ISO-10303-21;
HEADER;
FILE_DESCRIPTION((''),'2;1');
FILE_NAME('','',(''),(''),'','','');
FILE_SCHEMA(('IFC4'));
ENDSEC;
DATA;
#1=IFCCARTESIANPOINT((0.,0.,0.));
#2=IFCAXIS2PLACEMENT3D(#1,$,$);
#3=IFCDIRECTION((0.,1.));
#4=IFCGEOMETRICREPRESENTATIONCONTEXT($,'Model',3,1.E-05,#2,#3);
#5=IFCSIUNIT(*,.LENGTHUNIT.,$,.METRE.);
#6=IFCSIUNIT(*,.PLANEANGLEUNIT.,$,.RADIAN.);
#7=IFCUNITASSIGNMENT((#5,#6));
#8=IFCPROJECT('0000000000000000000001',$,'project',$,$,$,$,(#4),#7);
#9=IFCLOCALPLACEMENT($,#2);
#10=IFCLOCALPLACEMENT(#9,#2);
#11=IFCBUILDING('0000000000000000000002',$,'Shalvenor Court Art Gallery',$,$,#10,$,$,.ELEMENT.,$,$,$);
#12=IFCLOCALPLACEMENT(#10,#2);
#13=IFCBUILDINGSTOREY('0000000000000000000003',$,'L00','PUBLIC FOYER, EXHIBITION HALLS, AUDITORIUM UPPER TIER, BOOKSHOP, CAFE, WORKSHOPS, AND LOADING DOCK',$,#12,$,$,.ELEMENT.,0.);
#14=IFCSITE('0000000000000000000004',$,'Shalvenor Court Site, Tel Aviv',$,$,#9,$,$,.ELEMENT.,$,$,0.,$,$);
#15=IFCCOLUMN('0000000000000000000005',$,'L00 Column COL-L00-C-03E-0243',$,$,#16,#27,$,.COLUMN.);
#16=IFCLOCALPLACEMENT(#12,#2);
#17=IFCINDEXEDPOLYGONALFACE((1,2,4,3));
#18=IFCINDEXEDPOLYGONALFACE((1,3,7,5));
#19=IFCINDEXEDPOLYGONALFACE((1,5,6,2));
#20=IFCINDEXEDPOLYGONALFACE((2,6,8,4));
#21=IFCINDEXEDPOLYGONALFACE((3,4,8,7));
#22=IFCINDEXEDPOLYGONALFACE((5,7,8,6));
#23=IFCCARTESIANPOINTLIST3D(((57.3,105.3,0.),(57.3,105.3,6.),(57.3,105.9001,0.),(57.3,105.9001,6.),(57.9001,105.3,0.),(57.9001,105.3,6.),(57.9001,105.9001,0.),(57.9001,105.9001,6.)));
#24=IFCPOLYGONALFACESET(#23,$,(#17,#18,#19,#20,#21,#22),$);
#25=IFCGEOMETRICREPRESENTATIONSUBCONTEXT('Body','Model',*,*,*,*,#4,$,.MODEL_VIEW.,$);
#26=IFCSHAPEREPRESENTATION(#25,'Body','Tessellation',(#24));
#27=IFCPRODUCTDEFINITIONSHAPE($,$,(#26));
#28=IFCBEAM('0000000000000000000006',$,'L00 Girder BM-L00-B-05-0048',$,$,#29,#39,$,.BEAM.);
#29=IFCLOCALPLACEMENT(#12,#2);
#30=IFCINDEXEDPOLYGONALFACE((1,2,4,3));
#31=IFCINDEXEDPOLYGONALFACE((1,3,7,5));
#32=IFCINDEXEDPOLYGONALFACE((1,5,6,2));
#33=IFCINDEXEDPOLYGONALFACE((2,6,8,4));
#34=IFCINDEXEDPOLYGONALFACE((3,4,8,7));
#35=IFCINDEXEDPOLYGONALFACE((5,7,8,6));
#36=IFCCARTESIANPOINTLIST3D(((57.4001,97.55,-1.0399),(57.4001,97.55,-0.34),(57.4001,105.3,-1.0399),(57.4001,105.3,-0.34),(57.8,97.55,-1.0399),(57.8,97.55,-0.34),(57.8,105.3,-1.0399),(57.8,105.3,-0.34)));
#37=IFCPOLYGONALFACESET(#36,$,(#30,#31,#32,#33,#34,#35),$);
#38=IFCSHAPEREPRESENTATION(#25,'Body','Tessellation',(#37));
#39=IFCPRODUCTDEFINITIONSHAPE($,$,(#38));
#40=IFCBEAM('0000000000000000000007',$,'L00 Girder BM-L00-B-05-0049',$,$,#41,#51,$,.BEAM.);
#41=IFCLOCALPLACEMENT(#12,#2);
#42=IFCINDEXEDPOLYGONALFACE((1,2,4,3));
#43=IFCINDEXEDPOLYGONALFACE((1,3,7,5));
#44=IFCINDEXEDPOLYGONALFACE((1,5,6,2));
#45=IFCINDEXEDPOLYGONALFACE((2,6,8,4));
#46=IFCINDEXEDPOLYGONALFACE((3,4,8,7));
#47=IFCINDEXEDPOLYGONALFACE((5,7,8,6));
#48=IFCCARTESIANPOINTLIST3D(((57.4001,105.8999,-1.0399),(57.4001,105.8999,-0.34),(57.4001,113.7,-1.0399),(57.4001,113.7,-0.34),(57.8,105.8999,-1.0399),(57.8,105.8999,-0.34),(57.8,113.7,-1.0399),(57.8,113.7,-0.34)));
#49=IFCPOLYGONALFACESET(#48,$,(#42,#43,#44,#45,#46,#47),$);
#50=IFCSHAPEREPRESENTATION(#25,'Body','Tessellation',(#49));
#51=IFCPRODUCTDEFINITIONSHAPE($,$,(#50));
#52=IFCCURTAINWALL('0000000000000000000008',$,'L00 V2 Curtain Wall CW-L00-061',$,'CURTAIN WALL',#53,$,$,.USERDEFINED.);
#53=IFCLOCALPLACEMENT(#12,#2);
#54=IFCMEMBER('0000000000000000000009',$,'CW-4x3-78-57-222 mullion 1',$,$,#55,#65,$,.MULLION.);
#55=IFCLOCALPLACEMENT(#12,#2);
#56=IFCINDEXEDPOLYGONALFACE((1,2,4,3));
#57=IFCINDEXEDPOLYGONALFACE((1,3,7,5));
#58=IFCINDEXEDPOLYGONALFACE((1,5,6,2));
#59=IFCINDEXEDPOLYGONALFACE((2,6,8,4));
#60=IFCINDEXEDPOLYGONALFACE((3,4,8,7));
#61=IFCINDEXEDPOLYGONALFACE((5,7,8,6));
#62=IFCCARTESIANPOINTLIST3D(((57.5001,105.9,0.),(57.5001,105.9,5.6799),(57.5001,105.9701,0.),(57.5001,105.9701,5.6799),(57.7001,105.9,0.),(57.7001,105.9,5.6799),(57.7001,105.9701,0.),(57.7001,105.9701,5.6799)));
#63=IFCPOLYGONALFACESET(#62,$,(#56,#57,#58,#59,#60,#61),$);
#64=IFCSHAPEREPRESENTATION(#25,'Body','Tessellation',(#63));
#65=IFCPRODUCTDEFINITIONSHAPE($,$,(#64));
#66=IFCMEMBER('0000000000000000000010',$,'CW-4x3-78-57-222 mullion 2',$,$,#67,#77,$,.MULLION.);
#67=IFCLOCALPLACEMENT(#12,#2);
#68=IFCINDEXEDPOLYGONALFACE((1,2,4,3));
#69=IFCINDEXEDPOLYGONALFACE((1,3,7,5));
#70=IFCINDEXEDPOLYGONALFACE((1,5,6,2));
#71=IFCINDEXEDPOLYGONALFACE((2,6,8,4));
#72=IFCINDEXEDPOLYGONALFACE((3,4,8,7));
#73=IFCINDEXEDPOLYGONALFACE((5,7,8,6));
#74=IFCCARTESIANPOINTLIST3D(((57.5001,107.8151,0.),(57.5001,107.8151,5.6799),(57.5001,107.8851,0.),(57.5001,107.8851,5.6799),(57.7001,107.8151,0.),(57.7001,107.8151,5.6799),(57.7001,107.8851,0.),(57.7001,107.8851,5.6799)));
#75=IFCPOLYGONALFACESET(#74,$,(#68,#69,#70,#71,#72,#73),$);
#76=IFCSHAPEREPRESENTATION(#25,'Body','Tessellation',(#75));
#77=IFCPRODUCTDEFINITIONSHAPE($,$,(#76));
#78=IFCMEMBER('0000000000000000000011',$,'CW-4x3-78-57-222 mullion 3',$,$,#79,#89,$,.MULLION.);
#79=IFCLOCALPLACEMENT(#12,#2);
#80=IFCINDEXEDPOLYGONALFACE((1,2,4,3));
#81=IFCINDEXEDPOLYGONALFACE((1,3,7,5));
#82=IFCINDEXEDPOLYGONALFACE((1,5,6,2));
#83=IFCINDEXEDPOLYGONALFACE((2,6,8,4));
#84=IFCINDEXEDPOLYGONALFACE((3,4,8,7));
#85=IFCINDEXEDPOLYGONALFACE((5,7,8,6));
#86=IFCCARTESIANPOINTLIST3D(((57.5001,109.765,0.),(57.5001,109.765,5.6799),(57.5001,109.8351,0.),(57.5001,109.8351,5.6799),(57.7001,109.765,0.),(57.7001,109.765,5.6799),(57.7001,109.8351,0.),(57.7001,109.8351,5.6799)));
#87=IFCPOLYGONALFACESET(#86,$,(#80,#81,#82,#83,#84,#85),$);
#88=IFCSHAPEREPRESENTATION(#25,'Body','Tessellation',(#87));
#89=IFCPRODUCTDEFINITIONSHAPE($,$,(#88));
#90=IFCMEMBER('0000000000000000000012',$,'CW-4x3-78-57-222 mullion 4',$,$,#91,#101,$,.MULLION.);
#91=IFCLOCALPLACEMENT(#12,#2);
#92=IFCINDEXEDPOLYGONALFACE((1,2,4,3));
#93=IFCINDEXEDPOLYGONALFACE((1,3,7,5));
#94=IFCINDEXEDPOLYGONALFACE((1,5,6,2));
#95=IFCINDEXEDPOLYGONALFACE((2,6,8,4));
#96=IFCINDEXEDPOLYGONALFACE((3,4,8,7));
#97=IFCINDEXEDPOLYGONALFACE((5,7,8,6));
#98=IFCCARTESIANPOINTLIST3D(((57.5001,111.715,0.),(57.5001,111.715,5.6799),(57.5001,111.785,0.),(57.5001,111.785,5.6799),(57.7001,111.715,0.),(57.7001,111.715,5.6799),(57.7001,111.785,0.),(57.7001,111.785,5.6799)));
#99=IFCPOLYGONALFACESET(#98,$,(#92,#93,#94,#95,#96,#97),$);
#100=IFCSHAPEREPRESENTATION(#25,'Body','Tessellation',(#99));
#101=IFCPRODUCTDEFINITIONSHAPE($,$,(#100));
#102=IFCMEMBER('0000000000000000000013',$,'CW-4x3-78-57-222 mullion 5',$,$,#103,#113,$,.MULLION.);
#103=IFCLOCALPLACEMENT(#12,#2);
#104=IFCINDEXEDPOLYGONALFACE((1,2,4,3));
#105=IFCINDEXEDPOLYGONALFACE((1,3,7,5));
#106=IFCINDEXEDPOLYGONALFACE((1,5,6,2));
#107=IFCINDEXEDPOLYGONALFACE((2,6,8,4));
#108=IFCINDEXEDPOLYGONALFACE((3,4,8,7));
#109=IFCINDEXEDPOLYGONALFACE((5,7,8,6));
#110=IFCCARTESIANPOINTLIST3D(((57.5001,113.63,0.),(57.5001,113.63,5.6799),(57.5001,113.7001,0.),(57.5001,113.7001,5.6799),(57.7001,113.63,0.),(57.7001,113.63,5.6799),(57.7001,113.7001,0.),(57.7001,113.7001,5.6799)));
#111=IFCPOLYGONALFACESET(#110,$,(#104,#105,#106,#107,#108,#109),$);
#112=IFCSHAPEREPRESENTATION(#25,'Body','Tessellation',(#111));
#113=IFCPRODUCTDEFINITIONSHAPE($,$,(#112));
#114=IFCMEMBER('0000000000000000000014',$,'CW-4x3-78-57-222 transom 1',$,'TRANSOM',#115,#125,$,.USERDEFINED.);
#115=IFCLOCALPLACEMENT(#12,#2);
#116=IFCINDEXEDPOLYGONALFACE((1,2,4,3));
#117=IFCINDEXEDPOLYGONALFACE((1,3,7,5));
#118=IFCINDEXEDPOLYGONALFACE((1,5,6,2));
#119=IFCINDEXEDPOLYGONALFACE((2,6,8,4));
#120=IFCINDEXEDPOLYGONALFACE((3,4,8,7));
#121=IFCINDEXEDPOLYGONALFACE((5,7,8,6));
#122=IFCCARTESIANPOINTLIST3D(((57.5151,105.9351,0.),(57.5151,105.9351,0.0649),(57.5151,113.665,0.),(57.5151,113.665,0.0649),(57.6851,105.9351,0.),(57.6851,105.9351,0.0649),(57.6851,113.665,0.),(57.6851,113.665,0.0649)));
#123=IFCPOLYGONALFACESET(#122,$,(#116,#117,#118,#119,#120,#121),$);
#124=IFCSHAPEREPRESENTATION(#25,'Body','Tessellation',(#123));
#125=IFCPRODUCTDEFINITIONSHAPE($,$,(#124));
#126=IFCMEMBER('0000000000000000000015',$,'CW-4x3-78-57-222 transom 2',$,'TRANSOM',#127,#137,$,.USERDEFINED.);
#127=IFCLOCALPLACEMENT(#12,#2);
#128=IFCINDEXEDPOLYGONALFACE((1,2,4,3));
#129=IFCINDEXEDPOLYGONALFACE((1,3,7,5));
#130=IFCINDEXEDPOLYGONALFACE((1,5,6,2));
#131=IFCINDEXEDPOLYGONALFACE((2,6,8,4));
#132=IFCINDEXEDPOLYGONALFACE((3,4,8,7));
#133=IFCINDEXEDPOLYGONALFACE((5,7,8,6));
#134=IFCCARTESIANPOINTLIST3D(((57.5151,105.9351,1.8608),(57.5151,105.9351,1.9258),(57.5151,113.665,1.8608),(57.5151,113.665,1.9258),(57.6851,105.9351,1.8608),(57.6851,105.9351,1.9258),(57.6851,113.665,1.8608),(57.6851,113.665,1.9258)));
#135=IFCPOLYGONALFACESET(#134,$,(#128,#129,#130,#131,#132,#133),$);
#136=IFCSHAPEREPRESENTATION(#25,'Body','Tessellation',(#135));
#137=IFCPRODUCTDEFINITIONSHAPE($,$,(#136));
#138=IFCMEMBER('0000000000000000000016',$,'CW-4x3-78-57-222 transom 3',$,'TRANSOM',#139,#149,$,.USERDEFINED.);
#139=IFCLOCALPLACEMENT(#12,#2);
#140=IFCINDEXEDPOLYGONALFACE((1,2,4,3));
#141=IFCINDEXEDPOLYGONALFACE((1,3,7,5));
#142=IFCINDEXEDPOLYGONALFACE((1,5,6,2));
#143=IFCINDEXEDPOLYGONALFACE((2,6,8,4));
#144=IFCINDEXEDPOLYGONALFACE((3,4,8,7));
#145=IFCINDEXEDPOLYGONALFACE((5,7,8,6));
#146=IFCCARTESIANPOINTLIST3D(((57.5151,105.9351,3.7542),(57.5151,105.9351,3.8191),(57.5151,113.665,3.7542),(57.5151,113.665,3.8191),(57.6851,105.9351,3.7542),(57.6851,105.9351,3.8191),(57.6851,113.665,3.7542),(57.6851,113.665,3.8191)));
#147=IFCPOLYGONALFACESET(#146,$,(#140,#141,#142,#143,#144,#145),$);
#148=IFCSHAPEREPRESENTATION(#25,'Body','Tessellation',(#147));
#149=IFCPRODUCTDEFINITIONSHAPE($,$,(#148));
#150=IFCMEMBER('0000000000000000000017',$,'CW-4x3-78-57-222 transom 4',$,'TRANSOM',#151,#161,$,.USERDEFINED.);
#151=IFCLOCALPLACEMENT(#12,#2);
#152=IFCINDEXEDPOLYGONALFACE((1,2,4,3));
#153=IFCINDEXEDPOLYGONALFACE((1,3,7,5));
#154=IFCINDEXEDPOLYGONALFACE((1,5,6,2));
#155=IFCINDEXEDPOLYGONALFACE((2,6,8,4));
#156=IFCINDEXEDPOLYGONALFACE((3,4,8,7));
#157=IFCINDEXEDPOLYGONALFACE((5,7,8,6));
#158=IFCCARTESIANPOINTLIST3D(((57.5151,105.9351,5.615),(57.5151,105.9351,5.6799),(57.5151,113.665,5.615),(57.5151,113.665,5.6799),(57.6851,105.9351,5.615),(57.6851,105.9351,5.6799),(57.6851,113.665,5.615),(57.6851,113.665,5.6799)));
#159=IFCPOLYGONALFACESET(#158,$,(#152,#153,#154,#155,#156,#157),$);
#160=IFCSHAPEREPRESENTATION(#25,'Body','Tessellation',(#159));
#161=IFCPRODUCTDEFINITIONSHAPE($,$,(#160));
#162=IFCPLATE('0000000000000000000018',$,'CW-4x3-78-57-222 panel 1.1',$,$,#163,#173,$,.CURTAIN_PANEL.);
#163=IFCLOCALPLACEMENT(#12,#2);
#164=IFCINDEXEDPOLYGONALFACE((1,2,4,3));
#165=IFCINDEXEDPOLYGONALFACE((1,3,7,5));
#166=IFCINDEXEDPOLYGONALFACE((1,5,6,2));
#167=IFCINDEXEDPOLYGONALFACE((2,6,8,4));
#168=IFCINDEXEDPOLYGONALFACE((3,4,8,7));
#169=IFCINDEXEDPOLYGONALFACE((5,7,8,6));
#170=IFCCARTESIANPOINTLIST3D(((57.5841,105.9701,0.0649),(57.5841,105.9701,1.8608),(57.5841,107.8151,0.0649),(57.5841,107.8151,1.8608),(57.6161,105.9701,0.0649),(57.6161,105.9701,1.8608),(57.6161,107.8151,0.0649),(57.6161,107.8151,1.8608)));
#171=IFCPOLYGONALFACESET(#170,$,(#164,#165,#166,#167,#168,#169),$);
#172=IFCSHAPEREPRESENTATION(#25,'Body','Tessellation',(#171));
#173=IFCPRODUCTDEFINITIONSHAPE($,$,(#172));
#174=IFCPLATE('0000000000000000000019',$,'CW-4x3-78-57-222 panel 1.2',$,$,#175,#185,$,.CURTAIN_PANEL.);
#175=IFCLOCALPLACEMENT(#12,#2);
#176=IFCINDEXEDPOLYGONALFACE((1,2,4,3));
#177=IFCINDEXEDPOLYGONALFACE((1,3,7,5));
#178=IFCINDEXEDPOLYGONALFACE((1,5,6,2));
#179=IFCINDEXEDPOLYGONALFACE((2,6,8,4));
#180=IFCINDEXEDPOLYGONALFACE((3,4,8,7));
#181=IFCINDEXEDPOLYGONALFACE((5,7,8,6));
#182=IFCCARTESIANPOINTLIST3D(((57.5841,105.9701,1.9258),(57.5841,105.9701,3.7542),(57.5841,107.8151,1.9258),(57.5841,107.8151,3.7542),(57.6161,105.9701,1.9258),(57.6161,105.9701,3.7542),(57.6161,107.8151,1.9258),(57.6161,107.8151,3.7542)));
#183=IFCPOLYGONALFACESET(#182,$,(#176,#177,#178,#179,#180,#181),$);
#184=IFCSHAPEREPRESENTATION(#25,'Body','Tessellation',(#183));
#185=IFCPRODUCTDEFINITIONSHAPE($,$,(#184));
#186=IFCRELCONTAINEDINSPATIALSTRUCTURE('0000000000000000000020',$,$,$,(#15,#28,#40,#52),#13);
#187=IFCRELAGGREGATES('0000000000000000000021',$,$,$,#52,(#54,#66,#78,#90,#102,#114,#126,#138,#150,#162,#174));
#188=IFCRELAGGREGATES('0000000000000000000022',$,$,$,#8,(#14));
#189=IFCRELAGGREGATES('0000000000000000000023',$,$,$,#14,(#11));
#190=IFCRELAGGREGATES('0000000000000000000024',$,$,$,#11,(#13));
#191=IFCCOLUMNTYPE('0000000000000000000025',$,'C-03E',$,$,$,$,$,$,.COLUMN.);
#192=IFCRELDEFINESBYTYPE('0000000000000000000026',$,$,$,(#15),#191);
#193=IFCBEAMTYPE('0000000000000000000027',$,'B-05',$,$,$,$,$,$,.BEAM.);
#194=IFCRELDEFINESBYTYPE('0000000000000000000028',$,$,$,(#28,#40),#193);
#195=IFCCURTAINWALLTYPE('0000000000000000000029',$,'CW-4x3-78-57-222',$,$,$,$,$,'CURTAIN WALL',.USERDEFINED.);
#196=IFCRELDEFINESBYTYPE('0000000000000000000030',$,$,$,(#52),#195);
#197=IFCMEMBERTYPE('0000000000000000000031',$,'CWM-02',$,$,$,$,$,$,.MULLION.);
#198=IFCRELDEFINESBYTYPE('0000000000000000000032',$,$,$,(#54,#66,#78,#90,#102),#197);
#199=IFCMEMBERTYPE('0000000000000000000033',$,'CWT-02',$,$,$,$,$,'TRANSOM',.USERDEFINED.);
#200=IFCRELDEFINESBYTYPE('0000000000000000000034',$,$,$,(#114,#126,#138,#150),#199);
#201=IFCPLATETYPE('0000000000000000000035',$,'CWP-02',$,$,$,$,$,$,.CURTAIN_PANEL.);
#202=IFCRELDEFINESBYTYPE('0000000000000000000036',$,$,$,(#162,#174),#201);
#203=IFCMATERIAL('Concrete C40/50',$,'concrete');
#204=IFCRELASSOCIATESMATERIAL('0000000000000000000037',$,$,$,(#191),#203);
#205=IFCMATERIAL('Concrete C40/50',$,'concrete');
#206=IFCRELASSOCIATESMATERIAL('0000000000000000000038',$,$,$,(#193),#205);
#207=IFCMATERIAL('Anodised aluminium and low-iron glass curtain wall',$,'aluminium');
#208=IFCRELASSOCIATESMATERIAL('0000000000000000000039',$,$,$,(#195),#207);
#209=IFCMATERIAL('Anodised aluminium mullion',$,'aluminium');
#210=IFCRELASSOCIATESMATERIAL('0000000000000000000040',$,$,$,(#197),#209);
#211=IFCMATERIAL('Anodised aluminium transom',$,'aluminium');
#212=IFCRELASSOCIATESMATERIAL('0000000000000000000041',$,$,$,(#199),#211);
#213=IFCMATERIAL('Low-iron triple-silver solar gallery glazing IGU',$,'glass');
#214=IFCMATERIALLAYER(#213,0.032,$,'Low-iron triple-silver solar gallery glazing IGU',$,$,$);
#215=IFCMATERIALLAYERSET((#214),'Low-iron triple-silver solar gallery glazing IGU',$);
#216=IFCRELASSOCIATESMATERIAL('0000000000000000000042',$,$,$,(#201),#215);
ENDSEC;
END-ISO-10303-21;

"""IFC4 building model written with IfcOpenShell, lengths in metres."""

from ifc_helpers import new_model, si_unit, direction, frame, origin, origin_2d, place, context, subcontext, project, spatial, rectangle, extrude, material, layer, layer_set, material_profile, profile_set, type_object, element, aggregate, save


model = new_model("IFC4")

# Units and contexts
model_context = context("Model", 3, precision=1e-05, world=origin(), true_north=direction((0.0, 1.0)))
body_context = subcontext(model_context, "Body", "Model", "MODEL_VIEW")
ifc_project = project(units=[si_unit("LENGTHUNIT", "METRE"), si_unit("PLANEANGLEUNIT", "RADIAN")], contexts=[model_context])

# Site, building, storey
site_placement = place(None, origin())
site = spatial("IfcSite", under=ifc_project, at=site_placement, Name="Shalvenor Court Site, Tel Aviv", CompositionType="ELEMENT", RefElevation=0.0)
building_placement = place(site_placement, origin())
building = spatial("IfcBuilding", under=site, at=building_placement, Name="Shalvenor Court Art Gallery", CompositionType="ELEMENT")
storey_placement = place(building_placement, origin())
storey = spatial("IfcBuildingStorey", under=building, at=storey_placement, Name="L00", Description="PUBLIC FOYER, EXHIBITION HALLS, AUDITORIUM UPPER TIER, BOOKSHOP, CAFE, WORKSHOPS, AND LOADING DOCK", CompositionType="ELEMENT", Elevation=0.0)

# Column
ifc_material_1 = material(Name="Concrete C40/50", Category="concrete")
ifc_material_profile_1 = material_profile(ifc_material_1, rectangle(XDim=0.6001, YDim=0.6001, at=origin_2d()), Name="RC 600x600")
ifc_profile_set_1 = profile_set([ifc_material_profile_1], Name="Concrete C40/50")
column_type = type_object("IfcColumnType", Name="C-03E", PredefinedType="COLUMN", material=ifc_profile_set_1)
column_placement = place(storey_placement, frame((57.6001, 105.6001, 0.0), z_axis=(0.0, 0.0, 1.0), x_axis=(1.0, 0.0, 0.0)))
element("IfcColumn", 1, at=column_placement, inside=storey, type_object=column_type, Name="L00 Column COL-L00-C-03E-0243", PredefinedType="COLUMN", context=body_context, shape_type="SweptSolid", body=[
    extrude(rectangle(XDim=0.6001, YDim=0.6001, at=origin_2d()), origin(), (0.0, 0.0, 1.0), 6.0),
])

# Beams
ifc_material_2 = material(Name="Concrete C40/50", Category="concrete")
ifc_material_profile_2 = material_profile(ifc_material_2, rectangle(XDim=0.3999, YDim=0.7, at=origin_2d()), Name="RC 400x700")
ifc_profile_set_2 = profile_set([ifc_material_profile_2], Name="Concrete C40/50")
beam_type = type_object("IfcBeamType", Name="B-05", PredefinedType="BEAM", material=ifc_profile_set_2)
beam_1_placement = place(storey_placement, frame((57.6001, 97.55, -0.6899), z_axis=(0.0, 1.0, 0.0), x_axis=(-1.0, 0.0, 0.0)))
element("IfcBeam", 2, at=beam_1_placement, inside=storey, type_object=beam_type, Name="L00 Girder BM-L00-B-05-0048", PredefinedType="BEAM", context=body_context, shape_type="SweptSolid", body=[
    extrude(rectangle(XDim=0.3999, YDim=0.7, at=origin_2d()), origin(), (0.0, 0.0, 1.0), 7.75),
])
beam_2_placement = place(storey_placement, frame((57.6001, 105.8999, -0.6899), z_axis=(0.0, 1.0, 0.0), x_axis=(-1.0, 0.0, 0.0)))
element("IfcBeam", 3, at=beam_2_placement, inside=storey, type_object=beam_type, Name="L00 Girder BM-L00-B-05-0049", PredefinedType="BEAM", context=body_context, shape_type="SweptSolid", body=[
    extrude(rectangle(XDim=0.3999, YDim=0.7, at=origin_2d()), origin(), (0.0, 0.0, 1.0), 7.8),
])

# Curtain wall, members, plates
ifc_material_3 = material(Name="Anodised aluminium and low-iron glass curtain wall", Category="aluminium")
curtain_wall_type = type_object("IfcCurtainWallType", Name="CW-4x3-78-57-222", ElementType="CURTAIN WALL", PredefinedType="USERDEFINED", material=ifc_material_3)
curtain_wall_placement = place(storey_placement, origin())
curtain_wall = element("IfcCurtainWall", 4, at=curtain_wall_placement, inside=storey, type_object=curtain_wall_type, Name="L00 V2 Curtain Wall CW-L00-061", ObjectType="CURTAIN WALL", PredefinedType="USERDEFINED")
ifc_material_4 = material(Name="Anodised aluminium mullion", Category="aluminium")
ifc_material_profile_3 = material_profile(ifc_material_4, rectangle(XDim=0.0701, YDim=0.2, at=origin_2d()), Name="CWM-02")
ifc_profile_set_3 = profile_set([ifc_material_profile_3], Name="Anodised aluminium mullion")
member_type_1 = type_object("IfcMemberType", Name="CWM-02", PredefinedType="MULLION", material=ifc_profile_set_3)
member_1_placement = place(storey_placement, frame((57.6001, 105.9351, 0.0), z_axis=(0.0, 0.0, 1.0), x_axis=(0.0, 1.0, 0.0)))
member_1 = element("IfcMember", 5, at=member_1_placement, type_object=member_type_1, Name="CW-4x3-78-57-222 mullion 1", PredefinedType="MULLION", context=body_context, shape_type="SweptSolid", body=[
    extrude(rectangle(XDim=0.0701, YDim=0.2, at=origin_2d()), origin(), (0.0, 0.0, 1.0), 5.6799),
])
member_2_placement = place(storey_placement, frame((57.6001, 107.8501, 0.0), z_axis=(0.0, 0.0, 1.0), x_axis=(0.0, 1.0, 0.0)))
member_2 = element("IfcMember", 6, at=member_2_placement, type_object=member_type_1, Name="CW-4x3-78-57-222 mullion 2", PredefinedType="MULLION", context=body_context, shape_type="SweptSolid", body=[
    extrude(rectangle(XDim=0.0701, YDim=0.2, at=origin_2d()), origin(), (0.0, 0.0, 1.0), 5.6799),
])
member_3_placement = place(storey_placement, frame((57.6001, 109.8, 0.0), z_axis=(0.0, 0.0, 1.0), x_axis=(0.0, 1.0, 0.0)))
member_3 = element("IfcMember", 7, at=member_3_placement, type_object=member_type_1, Name="CW-4x3-78-57-222 mullion 3", PredefinedType="MULLION", context=body_context, shape_type="SweptSolid", body=[
    extrude(rectangle(XDim=0.0701, YDim=0.2, at=origin_2d()), origin(), (0.0, 0.0, 1.0), 5.6799),
])
member_4_placement = place(storey_placement, frame((57.6001, 111.75, 0.0), z_axis=(0.0, 0.0, 1.0), x_axis=(0.0, 1.0, 0.0)))
member_4 = element("IfcMember", 8, at=member_4_placement, type_object=member_type_1, Name="CW-4x3-78-57-222 mullion 4", PredefinedType="MULLION", context=body_context, shape_type="SweptSolid", body=[
    extrude(rectangle(XDim=0.0701, YDim=0.2, at=origin_2d()), origin(), (0.0, 0.0, 1.0), 5.6799),
])
member_5_placement = place(storey_placement, frame((57.6001, 113.665, 0.0), z_axis=(0.0, 0.0, 1.0), x_axis=(0.0, 1.0, 0.0)))
member_5 = element("IfcMember", 9, at=member_5_placement, type_object=member_type_1, Name="CW-4x3-78-57-222 mullion 5", PredefinedType="MULLION", context=body_context, shape_type="SweptSolid", body=[
    extrude(rectangle(XDim=0.0701, YDim=0.2, at=origin_2d()), origin(), (0.0, 0.0, 1.0), 5.6799),
])
ifc_material_5 = material(Name="Anodised aluminium transom", Category="aluminium")
ifc_material_profile_4 = material_profile(ifc_material_5, rectangle(XDim=0.1699, YDim=0.0649, at=origin_2d()), Name="CWT-02")
ifc_profile_set_4 = profile_set([ifc_material_profile_4], Name="Anodised aluminium transom")
member_type_2 = type_object("IfcMemberType", Name="CWT-02", ElementType="TRANSOM", PredefinedType="USERDEFINED", material=ifc_profile_set_4)
member_6_placement = place(storey_placement, frame((57.6001, 105.9351, 0.0325), z_axis=(0.0, 1.0, 0.0), x_axis=(-1.0, 0.0, 0.0)))
member_6 = element("IfcMember", 10, at=member_6_placement, type_object=member_type_2, Name="CW-4x3-78-57-222 transom 1", ObjectType="TRANSOM", PredefinedType="USERDEFINED", context=body_context, shape_type="SweptSolid", body=[
    extrude(rectangle(XDim=0.1699, YDim=0.0649, at=origin_2d()), origin(), (0.0, 0.0, 1.0), 7.73),
])
member_7_placement = place(storey_placement, frame((57.6001, 105.9351, 1.8933), z_axis=(0.0, 1.0, 0.0), x_axis=(-1.0, 0.0, 0.0)))
member_7 = element("IfcMember", 11, at=member_7_placement, type_object=member_type_2, Name="CW-4x3-78-57-222 transom 2", ObjectType="TRANSOM", PredefinedType="USERDEFINED", context=body_context, shape_type="SweptSolid", body=[
    extrude(rectangle(XDim=0.1699, YDim=0.0649, at=origin_2d()), origin(), (0.0, 0.0, 1.0), 7.73),
])
member_8_placement = place(storey_placement, frame((57.6001, 105.9351, 3.7866), z_axis=(0.0, 1.0, 0.0), x_axis=(-1.0, 0.0, 0.0)))
member_8 = element("IfcMember", 12, at=member_8_placement, type_object=member_type_2, Name="CW-4x3-78-57-222 transom 3", ObjectType="TRANSOM", PredefinedType="USERDEFINED", context=body_context, shape_type="SweptSolid", body=[
    extrude(rectangle(XDim=0.1699, YDim=0.0649, at=origin_2d()), origin(), (0.0, 0.0, 1.0), 7.73),
])
member_9_placement = place(storey_placement, frame((57.6001, 105.9351, 5.6475), z_axis=(0.0, 1.0, 0.0), x_axis=(-1.0, 0.0, 0.0)))
member_9 = element("IfcMember", 13, at=member_9_placement, type_object=member_type_2, Name="CW-4x3-78-57-222 transom 4", ObjectType="TRANSOM", PredefinedType="USERDEFINED", context=body_context, shape_type="SweptSolid", body=[
    extrude(rectangle(XDim=0.1699, YDim=0.0649, at=origin_2d()), origin(), (0.0, 0.0, 1.0), 7.73),
])
ifc_material_6 = material(Name="Low-iron triple-silver solar gallery glazing IGU", Category="glass")
ifc_layer_1 = layer(ifc_material_6, 0.032, Name="Low-iron triple-silver solar gallery glazing IGU")
ifc_layer_set_1 = layer_set([ifc_layer_1], Name="Low-iron triple-silver solar gallery glazing IGU")
plate_type_1 = type_object("IfcPlateType", Name="CWP-02", PredefinedType="CURTAIN_PANEL", material=ifc_layer_set_1)
plate_1_placement = place(storey_placement, frame((57.6001, 106.8926, 0.0649), z_axis=(0.0, 0.0, 1.0), x_axis=(0.0, 1.0, 0.0)))
plate_1 = element("IfcPlate", 14, at=plate_1_placement, type_object=plate_type_1, Name="CW-4x3-78-57-222 panel 1.1", PredefinedType="CURTAIN_PANEL", context=body_context, shape_type="SweptSolid", body=[
    extrude(rectangle(XDim=1.845, YDim=0.032, at=origin_2d()), origin(), (0.0, 0.0, 1.0), 1.7959),
])
plate_2_placement = place(storey_placement, frame((57.6001, 106.8926, 1.9258), z_axis=(0.0, 0.0, 1.0), x_axis=(0.0, 1.0, 0.0)))
plate_2 = element("IfcPlate", 15, at=plate_2_placement, type_object=plate_type_1, Name="CW-4x3-78-57-222 panel 1.2", PredefinedType="CURTAIN_PANEL", context=body_context, shape_type="SweptSolid", body=[
    extrude(rectangle(XDim=1.845, YDim=0.032, at=origin_2d()), origin(), (0.0, 0.0, 1.0), 1.8284),
])
aggregate(curtain_wall, [member_1, member_2, member_3, member_4, member_5, member_6, member_7, member_8, member_9, plate_1, plate_2])

save(model, "model.ifc")
